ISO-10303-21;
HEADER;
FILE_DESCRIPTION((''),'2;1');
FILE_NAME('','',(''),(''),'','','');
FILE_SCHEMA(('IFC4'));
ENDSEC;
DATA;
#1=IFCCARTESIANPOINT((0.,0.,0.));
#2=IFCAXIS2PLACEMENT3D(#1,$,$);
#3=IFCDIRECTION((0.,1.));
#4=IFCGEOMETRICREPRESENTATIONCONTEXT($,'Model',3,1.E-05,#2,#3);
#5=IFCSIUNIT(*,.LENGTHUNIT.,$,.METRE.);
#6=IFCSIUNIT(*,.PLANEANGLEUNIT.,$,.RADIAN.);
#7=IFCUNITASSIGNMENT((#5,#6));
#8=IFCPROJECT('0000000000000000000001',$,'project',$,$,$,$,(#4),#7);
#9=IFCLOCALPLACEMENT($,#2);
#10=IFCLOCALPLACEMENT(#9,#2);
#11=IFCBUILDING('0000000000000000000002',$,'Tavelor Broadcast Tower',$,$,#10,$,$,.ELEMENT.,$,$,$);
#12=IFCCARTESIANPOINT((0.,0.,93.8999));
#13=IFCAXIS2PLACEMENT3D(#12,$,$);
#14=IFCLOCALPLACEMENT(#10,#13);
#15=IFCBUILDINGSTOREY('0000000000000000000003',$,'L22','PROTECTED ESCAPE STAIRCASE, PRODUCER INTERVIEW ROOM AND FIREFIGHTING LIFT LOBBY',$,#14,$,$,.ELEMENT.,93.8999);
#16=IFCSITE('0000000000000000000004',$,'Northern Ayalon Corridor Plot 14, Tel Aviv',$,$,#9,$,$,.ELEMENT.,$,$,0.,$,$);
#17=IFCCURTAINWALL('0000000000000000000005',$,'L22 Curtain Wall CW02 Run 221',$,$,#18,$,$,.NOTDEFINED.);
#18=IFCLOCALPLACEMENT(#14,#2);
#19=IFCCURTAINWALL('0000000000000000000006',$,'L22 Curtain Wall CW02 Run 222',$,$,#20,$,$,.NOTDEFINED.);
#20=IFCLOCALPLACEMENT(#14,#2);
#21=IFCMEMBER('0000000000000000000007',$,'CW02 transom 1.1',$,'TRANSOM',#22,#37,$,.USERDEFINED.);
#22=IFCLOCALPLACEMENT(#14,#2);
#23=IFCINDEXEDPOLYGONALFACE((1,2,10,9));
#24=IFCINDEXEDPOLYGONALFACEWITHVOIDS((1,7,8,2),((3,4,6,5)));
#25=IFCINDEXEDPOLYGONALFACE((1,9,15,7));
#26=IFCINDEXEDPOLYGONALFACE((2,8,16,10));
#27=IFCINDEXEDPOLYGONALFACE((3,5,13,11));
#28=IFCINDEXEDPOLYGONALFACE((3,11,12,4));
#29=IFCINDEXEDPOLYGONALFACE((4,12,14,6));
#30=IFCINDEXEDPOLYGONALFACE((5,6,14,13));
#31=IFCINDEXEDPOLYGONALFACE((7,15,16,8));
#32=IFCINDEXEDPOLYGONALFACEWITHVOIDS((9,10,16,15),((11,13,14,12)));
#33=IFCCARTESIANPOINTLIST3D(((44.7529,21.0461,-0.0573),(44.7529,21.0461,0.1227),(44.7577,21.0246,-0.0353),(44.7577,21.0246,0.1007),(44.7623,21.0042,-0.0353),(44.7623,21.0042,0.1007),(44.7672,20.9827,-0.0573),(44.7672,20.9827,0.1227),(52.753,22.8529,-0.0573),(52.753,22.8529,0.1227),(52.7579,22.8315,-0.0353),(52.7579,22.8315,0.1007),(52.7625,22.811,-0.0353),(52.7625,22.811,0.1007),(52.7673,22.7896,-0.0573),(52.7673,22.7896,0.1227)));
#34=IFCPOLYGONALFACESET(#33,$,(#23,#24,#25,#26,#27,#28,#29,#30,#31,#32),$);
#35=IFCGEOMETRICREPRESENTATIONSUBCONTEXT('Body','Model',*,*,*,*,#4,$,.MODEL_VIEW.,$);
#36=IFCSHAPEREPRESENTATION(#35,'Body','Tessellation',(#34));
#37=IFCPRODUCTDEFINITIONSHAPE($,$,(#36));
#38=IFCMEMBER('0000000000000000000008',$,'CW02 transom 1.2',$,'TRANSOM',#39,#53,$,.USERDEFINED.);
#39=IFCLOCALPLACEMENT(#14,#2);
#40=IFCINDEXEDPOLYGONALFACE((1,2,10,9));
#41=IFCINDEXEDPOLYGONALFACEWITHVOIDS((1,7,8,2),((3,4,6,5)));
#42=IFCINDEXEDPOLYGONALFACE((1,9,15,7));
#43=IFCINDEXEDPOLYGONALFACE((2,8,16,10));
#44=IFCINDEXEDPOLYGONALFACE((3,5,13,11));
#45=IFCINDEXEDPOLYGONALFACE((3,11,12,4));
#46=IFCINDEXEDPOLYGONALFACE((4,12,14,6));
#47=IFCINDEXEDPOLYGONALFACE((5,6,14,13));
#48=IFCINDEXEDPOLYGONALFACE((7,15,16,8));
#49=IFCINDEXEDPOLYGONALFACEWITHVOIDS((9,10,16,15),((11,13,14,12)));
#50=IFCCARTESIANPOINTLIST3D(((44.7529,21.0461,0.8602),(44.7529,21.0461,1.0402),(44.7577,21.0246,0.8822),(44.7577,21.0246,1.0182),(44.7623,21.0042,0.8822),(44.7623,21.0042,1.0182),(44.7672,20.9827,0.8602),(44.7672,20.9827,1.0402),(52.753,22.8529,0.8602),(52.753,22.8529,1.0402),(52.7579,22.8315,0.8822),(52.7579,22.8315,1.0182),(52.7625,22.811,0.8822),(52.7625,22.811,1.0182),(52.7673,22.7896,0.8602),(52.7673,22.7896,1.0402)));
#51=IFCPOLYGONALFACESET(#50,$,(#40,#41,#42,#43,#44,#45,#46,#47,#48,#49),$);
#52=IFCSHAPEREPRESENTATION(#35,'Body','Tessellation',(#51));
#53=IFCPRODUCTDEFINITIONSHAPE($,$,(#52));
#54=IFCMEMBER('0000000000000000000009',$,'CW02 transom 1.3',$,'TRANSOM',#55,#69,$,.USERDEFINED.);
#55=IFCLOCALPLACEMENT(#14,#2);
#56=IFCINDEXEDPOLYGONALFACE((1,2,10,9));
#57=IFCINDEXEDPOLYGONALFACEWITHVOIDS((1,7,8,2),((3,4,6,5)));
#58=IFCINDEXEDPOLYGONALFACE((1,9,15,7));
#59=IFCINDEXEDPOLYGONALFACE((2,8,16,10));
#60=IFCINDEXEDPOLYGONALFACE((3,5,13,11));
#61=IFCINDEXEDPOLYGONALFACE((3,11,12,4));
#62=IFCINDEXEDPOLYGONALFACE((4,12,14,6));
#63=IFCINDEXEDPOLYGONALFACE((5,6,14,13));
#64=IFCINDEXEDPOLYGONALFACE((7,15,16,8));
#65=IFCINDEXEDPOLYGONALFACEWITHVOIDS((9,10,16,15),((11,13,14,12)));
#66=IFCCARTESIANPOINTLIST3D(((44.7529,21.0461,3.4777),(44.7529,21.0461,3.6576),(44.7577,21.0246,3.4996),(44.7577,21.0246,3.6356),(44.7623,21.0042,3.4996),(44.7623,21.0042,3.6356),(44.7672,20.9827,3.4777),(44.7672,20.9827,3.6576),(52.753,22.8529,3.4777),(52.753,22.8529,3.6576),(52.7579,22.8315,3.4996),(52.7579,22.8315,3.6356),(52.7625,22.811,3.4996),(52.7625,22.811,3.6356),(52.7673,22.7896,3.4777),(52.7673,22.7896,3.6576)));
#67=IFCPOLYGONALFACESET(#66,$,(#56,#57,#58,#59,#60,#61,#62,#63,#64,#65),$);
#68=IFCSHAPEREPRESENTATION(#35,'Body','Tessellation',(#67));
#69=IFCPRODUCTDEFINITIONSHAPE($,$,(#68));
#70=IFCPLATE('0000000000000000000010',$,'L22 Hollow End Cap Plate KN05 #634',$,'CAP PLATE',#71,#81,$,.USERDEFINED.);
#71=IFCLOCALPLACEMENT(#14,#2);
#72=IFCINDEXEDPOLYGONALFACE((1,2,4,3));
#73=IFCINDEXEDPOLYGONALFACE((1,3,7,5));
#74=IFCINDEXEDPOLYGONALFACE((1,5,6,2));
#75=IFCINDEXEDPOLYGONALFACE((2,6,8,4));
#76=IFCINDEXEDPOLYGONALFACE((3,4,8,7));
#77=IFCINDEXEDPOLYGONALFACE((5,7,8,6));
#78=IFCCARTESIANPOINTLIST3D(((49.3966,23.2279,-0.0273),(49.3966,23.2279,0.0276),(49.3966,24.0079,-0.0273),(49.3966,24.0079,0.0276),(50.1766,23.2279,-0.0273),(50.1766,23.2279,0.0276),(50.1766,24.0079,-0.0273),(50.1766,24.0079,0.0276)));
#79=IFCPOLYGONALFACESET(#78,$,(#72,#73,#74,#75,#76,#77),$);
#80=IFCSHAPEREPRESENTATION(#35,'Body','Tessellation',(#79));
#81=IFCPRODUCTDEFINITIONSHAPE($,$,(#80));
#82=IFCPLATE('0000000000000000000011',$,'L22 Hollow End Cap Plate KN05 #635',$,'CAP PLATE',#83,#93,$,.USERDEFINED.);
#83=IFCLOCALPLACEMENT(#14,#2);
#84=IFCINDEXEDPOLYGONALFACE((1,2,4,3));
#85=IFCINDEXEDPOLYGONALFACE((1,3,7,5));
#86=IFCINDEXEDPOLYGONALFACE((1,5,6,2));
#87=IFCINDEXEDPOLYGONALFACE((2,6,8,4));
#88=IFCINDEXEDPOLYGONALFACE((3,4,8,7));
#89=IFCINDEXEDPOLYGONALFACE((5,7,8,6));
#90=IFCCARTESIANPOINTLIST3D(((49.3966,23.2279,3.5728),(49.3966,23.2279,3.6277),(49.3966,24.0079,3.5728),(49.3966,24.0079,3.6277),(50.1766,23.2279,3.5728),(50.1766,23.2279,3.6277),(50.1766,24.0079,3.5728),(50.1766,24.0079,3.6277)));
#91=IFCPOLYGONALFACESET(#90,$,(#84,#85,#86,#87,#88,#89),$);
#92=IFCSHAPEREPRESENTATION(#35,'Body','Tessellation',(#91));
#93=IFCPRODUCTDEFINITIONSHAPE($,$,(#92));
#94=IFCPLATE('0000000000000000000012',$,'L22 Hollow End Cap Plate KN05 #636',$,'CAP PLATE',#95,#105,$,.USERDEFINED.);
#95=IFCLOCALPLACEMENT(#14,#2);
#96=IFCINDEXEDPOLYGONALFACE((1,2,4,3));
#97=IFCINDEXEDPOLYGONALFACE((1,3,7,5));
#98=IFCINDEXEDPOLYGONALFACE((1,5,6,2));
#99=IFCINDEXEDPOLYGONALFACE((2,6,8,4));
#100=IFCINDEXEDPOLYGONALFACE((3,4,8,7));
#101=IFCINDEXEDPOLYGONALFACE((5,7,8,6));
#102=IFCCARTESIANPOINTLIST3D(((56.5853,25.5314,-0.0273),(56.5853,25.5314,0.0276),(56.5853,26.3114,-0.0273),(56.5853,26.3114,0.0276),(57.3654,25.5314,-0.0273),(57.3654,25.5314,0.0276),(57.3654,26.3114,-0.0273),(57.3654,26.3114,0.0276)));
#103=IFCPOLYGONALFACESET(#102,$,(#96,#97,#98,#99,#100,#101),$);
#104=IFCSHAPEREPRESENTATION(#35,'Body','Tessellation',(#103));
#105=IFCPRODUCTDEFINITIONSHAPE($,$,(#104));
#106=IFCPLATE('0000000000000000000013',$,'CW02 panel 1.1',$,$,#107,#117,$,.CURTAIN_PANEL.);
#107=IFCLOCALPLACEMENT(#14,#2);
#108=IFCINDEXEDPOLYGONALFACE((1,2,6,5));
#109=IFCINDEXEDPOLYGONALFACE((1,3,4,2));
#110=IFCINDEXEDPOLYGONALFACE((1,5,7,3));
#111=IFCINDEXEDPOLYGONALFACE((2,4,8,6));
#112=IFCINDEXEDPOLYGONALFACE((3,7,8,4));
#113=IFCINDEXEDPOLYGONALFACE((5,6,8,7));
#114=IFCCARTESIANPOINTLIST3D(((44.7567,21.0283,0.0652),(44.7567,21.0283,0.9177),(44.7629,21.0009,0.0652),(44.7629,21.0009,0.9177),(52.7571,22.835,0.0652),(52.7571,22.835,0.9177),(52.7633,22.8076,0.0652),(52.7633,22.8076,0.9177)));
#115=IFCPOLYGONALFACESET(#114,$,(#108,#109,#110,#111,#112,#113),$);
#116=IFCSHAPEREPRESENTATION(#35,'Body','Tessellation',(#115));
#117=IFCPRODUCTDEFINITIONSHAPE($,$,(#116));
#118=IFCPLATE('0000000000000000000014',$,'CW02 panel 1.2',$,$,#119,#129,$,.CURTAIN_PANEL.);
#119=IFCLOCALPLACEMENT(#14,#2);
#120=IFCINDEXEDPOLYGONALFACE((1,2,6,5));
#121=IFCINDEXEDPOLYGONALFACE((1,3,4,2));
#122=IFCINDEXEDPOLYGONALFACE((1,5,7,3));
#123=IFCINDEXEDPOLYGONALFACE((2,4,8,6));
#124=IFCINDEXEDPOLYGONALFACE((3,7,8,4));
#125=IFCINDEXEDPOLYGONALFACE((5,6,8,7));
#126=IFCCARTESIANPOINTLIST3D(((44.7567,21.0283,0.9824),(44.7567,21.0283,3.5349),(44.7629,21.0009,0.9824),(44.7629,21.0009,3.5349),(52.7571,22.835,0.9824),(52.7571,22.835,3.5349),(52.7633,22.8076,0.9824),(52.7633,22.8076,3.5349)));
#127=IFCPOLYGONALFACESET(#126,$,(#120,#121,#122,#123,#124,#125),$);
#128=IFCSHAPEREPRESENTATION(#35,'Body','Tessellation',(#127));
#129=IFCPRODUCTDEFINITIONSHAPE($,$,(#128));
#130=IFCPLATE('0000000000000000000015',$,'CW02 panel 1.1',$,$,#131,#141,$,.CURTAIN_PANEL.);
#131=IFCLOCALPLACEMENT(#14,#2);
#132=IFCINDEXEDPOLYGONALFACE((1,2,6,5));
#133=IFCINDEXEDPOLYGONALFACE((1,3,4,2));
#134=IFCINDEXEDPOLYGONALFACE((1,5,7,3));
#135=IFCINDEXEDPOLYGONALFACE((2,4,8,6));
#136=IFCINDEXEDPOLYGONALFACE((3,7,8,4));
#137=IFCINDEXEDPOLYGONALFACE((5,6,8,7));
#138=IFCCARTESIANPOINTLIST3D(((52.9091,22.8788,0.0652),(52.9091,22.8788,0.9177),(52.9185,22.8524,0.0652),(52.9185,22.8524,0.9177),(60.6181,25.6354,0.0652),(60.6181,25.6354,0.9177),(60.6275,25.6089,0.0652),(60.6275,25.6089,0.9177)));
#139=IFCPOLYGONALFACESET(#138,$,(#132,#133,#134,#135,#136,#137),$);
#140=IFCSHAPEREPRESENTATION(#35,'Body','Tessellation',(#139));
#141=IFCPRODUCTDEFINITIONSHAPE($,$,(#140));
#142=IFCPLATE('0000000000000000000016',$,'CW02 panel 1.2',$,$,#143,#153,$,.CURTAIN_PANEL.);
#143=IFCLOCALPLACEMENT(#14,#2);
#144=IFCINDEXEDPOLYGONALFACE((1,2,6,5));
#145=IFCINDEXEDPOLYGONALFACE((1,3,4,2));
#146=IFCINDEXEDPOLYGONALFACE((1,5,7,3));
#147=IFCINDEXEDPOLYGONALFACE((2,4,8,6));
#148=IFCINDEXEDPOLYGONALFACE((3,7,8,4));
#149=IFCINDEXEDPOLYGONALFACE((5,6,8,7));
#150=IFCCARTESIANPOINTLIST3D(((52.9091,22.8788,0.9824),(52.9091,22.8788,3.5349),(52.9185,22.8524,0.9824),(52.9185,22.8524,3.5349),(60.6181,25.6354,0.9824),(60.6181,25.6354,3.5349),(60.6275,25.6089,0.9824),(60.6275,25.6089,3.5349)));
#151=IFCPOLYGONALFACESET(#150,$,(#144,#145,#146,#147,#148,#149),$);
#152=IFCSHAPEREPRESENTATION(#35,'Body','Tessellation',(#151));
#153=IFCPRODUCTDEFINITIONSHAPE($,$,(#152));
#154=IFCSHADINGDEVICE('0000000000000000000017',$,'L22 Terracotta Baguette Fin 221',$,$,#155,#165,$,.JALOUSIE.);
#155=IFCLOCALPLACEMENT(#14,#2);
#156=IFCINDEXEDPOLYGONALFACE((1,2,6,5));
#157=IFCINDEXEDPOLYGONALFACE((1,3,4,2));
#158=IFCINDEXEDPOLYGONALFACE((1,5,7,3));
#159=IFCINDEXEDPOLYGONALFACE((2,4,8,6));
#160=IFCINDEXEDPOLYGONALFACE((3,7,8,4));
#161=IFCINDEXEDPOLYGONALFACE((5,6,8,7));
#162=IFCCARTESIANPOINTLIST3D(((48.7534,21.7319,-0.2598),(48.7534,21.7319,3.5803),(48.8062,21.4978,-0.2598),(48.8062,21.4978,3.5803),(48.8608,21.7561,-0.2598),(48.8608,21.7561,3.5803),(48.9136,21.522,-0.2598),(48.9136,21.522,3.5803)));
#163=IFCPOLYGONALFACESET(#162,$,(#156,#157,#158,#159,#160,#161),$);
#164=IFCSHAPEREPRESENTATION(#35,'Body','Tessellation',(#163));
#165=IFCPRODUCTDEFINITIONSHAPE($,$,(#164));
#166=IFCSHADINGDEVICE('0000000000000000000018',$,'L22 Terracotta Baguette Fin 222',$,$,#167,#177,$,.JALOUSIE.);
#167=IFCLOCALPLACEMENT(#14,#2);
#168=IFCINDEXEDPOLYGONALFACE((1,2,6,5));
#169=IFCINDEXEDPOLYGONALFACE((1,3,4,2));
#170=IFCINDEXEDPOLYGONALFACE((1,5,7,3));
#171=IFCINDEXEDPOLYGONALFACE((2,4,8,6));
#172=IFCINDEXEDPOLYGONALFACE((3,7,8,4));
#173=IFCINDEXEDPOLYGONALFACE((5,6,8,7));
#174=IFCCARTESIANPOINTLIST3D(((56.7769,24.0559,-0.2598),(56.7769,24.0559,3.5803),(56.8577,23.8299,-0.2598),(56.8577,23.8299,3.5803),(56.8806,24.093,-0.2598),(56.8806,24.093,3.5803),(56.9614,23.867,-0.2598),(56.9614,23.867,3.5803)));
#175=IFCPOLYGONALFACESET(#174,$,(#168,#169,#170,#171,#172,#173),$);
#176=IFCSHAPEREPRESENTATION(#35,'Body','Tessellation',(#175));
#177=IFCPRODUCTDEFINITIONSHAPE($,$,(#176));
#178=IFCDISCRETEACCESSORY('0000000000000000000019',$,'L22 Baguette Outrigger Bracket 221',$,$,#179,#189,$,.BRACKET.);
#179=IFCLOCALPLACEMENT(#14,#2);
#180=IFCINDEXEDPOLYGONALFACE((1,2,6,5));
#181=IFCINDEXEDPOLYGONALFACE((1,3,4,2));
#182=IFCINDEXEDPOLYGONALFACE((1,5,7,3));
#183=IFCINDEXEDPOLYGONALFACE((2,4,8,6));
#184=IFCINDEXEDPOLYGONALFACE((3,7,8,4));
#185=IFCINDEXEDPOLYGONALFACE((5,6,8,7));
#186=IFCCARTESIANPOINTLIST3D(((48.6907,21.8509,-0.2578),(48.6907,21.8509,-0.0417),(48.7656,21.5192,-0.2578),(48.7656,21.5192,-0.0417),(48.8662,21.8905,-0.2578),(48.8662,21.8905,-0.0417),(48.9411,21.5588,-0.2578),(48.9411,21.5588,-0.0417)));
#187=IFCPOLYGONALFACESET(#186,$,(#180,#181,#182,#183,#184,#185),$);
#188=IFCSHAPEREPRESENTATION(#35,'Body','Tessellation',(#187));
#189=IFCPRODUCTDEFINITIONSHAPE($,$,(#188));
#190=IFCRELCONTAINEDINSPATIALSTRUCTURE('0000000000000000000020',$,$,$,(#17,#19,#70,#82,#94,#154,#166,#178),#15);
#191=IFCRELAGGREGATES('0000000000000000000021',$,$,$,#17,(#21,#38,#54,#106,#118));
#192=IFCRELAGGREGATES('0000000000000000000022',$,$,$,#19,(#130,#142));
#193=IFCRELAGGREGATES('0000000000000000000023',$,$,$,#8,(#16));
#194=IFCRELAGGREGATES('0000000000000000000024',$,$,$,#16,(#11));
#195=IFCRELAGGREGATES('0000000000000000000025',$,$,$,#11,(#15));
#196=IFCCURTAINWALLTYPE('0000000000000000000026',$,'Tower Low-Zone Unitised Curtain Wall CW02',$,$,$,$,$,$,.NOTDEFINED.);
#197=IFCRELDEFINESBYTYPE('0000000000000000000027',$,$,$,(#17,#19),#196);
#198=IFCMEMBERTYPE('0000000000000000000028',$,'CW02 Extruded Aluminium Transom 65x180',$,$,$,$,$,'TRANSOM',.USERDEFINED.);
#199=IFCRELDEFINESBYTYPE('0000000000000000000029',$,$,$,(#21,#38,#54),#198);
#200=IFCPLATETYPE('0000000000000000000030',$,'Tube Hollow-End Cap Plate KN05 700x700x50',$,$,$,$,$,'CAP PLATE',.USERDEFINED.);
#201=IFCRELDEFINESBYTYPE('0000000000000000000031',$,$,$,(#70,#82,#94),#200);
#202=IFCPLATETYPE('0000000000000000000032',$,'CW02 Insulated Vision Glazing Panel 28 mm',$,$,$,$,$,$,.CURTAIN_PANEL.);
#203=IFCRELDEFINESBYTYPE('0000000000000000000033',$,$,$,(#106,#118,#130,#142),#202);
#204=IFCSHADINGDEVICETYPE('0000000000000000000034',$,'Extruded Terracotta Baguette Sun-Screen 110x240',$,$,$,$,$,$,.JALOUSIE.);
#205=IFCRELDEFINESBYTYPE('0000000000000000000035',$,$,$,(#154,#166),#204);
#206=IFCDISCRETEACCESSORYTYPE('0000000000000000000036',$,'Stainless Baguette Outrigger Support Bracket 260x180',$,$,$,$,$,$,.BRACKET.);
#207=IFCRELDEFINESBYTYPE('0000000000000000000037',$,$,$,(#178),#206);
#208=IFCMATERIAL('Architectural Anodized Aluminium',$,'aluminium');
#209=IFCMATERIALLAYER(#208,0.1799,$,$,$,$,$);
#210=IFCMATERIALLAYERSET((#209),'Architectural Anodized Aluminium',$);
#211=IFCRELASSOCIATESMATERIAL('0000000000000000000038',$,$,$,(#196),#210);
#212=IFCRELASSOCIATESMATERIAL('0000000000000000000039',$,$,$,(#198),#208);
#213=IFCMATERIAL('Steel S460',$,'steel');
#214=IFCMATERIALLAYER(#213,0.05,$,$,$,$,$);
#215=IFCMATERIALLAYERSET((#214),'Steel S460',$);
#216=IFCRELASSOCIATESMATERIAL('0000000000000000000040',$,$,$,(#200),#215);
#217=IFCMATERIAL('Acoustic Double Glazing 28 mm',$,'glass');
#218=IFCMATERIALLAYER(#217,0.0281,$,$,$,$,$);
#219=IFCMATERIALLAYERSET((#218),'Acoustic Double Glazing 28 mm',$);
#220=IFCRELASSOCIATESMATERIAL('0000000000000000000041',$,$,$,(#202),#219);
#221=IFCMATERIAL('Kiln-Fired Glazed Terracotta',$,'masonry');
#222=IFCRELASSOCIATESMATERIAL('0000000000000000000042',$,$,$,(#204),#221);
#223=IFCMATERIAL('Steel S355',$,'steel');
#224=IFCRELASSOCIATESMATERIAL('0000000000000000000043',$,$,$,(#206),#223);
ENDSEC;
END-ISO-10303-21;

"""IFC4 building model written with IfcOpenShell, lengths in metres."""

from ifc_helpers import new_model, si_unit, direction, frame, origin, origin_2d, place, context, subcontext, project, spatial, rectangle, hollow_rectangle, extrude, source, transform, mapped, material, layer, layer_set, material_profile, profile_set, type_object, type_shapes, element, aggregate, save


model = new_model("IFC4")

# Units and contexts
model_context = context("Model", 3, precision=1e-05, world=origin(), true_north=direction((0.0, 1.0)))
body_context = subcontext(model_context, "Body", "Model", "MODEL_VIEW")
ifc_project = project(units=[si_unit("LENGTHUNIT", "METRE"), si_unit("PLANEANGLEUNIT", "RADIAN")], contexts=[model_context])

# Site, building, storey
site_placement = place(None, origin())
site = spatial("IfcSite", under=ifc_project, at=site_placement, Name="Northern Ayalon Corridor Plot 14, Tel Aviv", CompositionType="ELEMENT", RefElevation=0.0)
building_placement = place(site_placement, origin())
building = spatial("IfcBuilding", under=site, at=building_placement, Name="Tavelor Broadcast Tower", CompositionType="ELEMENT")
storey_placement = place(building_placement, frame((0.0, 0.0, 93.8999)))
storey = spatial("IfcBuildingStorey", under=building, at=storey_placement, Name="L22", Description="PROTECTED ESCAPE STAIRCASE, PRODUCER INTERVIEW ROOM AND FIREFIGHTING LIFT LOBBY", CompositionType="ELEMENT", Elevation=93.8999)

# Shared definitions
ifc_material_1 = material(Name="Steel S460", Category="steel")

# Shared definitions
ifc_material_2 = material(Name="Steel S355", Category="steel")

# Curtain walls
ifc_material_3 = material(Name="Architectural Anodized Aluminium", Category="aluminium")
ifc_layer_1 = layer(ifc_material_3, 0.1799)
ifc_layer_set_1 = layer_set([ifc_layer_1], Name="Architectural Anodized Aluminium")
curtain_wall_type = type_object("IfcCurtainWallType", Name="Tower Low-Zone Unitised Curtain Wall CW02", PredefinedType="NOTDEFINED", material=ifc_layer_set_1)
curtain_wall_1_placement = place(storey_placement, origin())
curtain_wall_1 = element("IfcCurtainWall", 1, at=curtain_wall_1_placement, inside=storey, type_object=curtain_wall_type, Name="L22 Curtain Wall CW02 Run 221", PredefinedType="NOTDEFINED")
curtain_wall_2_placement = place(storey_placement, origin())
curtain_wall_2 = element("IfcCurtainWall", 2, at=curtain_wall_2_placement, inside=storey, type_object=curtain_wall_type, Name="L22 Curtain Wall CW02 Run 222", PredefinedType="NOTDEFINED")
ifc_material_profile_1 = material_profile(ifc_material_3, hollow_rectangle(XDim=0.0649, YDim=0.1799, WallThickness=0.022, at=origin_2d()), Name="RHS 65x180x22")
ifc_profile_set_1 = profile_set([ifc_material_profile_1], Name="Architectural Anodized Aluminium")
member_type_1 = type_object("IfcMemberType", Name="CW02 Extruded Aluminium Transom 65x180", ElementType="TRANSOM", PredefinedType="USERDEFINED", material=ifc_profile_set_1)

# Members
shared_shape_1 = source(origin(), body_context, "Body", "SweptSolid", [
    extrude(hollow_rectangle(XDim=0.0649, YDim=0.1799, WallThickness=0.022, at=origin_2d()), origin(), (0.0, 0.0, 1.0), 8.2017),
])
member_1_placement = place(storey_placement, frame((44.76, 21.0144, 0.0327), z_axis=(0.975431, 0.220305, 0.0), x_axis=(-0.220305, 0.975431, 0.0)))
member_1 = element("IfcMember", 3, at=member_1_placement, type_object=member_type_1, Name="CW02 transom 1.1", ObjectType="TRANSOM", PredefinedType="USERDEFINED", context=body_context, shape_type="MappedRepresentation", body=[
    mapped(shared_shape_1, transform((0.0, 0.0, 0.0), scale=1.0)),
])
member_2_placement = place(storey_placement, frame((44.76, 21.0144, 0.9502), z_axis=(0.975431, 0.220305, 0.0), x_axis=(-0.220305, 0.975431, 0.0)))
member_2 = element("IfcMember", 4, at=member_2_placement, type_object=member_type_1, Name="CW02 transom 1.2", ObjectType="TRANSOM", PredefinedType="USERDEFINED", context=body_context, shape_type="MappedRepresentation", body=[
    mapped(shared_shape_1, transform((0.0, 0.0, 0.0), scale=1.0)),
])
member_3_placement = place(storey_placement, frame((44.76, 21.0144, 3.5676), z_axis=(0.975431, 0.220305, 0.0), x_axis=(-0.220305, 0.975431, 0.0)))
member_3 = element("IfcMember", 5, at=member_3_placement, type_object=member_type_1, Name="CW02 transom 1.3", ObjectType="TRANSOM", PredefinedType="USERDEFINED", context=body_context, shape_type="MappedRepresentation", body=[
    mapped(shared_shape_1, transform((0.0, 0.0, 0.0), scale=1.0)),
])

# Plates
ifc_layer_2 = layer(ifc_material_1, 0.05)
ifc_layer_set_2 = layer_set([ifc_layer_2], Name="Steel S460")
plate_type_1 = type_object("IfcPlateType", Name="Tube Hollow-End Cap Plate KN05 700x700x50", ElementType="CAP PLATE", PredefinedType="USERDEFINED", material=ifc_layer_set_2)
shared_shape_2 = source(origin(), body_context, "Body", "SweptSolid", [
    extrude(rectangle(XDim=0.78, YDim=0.78, at=origin_2d()), origin(), (0.0, 0.0, 1.0), 0.0549),
])
type_shapes(plate_type_1, [shared_shape_2])
for number, where, z_axis, x_axis, name in (
    (6, (49.7866, 23.6179, -0.0273), (0.0, 0.0, 1.0), (1.0, 0.0, 0.0), "L22 Hollow End Cap Plate KN05 #634"),
    (7, (49.7866, 23.6179, 3.5728), (0.0, 0.0, 1.0), (1.0, 0.0, 0.0), "L22 Hollow End Cap Plate KN05 #635"),
    (8, (56.9753, 25.9214, -0.0273), (0.0, 0.0, 1.0), (1.0, 0.0, 0.0), "L22 Hollow End Cap Plate KN05 #636"),
):
    element("IfcPlate", number, at=place(storey_placement, frame(where, z_axis=z_axis, x_axis=x_axis)), inside=storey, type_object=plate_type_1, Name=name, ObjectType="CAP PLATE", PredefinedType="USERDEFINED", context=body_context, shape_type="MappedRepresentation", body=[
        mapped(shared_shape_2, transform((0.0, 0.0, 0.0), scale=1.0)),
    ])

# Plates
ifc_material_4 = material(Name="Acoustic Double Glazing 28 mm", Category="glass")
ifc_layer_3 = layer(ifc_material_4, 0.0281)
ifc_layer_set_3 = layer_set([ifc_layer_3], Name="Acoustic Double Glazing 28 mm")
plate_type_2 = type_object("IfcPlateType", Name="CW02 Insulated Vision Glazing Panel 28 mm", PredefinedType="CURTAIN_PANEL", material=ifc_layer_set_3)
shared_shape_3 = source(origin(), body_context, "Body", "SweptSolid", [
    extrude(rectangle(XDim=8.2019, YDim=0.0281, at=origin_2d()), origin(), (0.0, 0.0, 1.0), 0.8525),
])
plate_1_placement = place(storey_placement, frame((48.76, 21.918, 0.0652), z_axis=(0.0, 0.0, 1.0), x_axis=(0.975438, 0.220275, 0.0)))
plate_1 = element("IfcPlate", 9, at=plate_1_placement, type_object=plate_type_2, Name="CW02 panel 1.1", PredefinedType="CURTAIN_PANEL", context=body_context, shape_type="MappedRepresentation", body=[
    mapped(shared_shape_3, transform((0.0, 0.0, 0.0), scale=1.0)),
])
shared_shape_4 = source(origin(), body_context, "Body", "SweptSolid", [
    extrude(rectangle(XDim=8.2019, YDim=0.0281, at=origin_2d()), origin(), (0.0, 0.0, 1.0), 2.5525),
])
plate_2_placement = place(storey_placement, frame((48.76, 21.918, 0.9824), z_axis=(0.0, 0.0, 1.0), x_axis=(0.975438, 0.220275, 0.0)))
plate_2 = element("IfcPlate", 10, at=plate_2_placement, type_object=plate_type_2, Name="CW02 panel 1.2", PredefinedType="CURTAIN_PANEL", context=body_context, shape_type="MappedRepresentation", body=[
    mapped(shared_shape_4, transform((0.0, 0.0, 0.0), scale=1.0)),
])
aggregate(curtain_wall_1, [member_1, member_2, member_3, plate_1, plate_2])
shared_shape_5 = source(origin(), body_context, "Body", "SweptSolid", [
    extrude(rectangle(XDim=8.187, YDim=0.0281, at=origin_2d()), origin(), (0.0, 0.0, 1.0), 0.8525),
])
plate_3_placement = place(storey_placement, frame((56.7683, 24.2439, 0.0652), z_axis=(0.0, 0.0, 1.0), x_axis=(0.941613, 0.336696, 0.0)))
plate_3 = element("IfcPlate", 11, at=plate_3_placement, type_object=plate_type_2, Name="CW02 panel 1.1", PredefinedType="CURTAIN_PANEL", context=body_context, shape_type="MappedRepresentation", body=[
    mapped(shared_shape_5, transform((0.0, 0.0, 0.0), scale=1.0)),
])
shared_shape_6 = source(origin(), body_context, "Body", "SweptSolid", [
    extrude(rectangle(XDim=8.187, YDim=0.0281, at=origin_2d()), origin(), (0.0, 0.0, 1.0), 2.5525),
])
type_shapes(plate_type_2, [shared_shape_3, shared_shape_4, shared_shape_5, shared_shape_6])
plate_4_placement = place(storey_placement, frame((56.7683, 24.2439, 0.9824), z_axis=(0.0, 0.0, 1.0), x_axis=(0.941613, 0.336696, 0.0)))
plate_4 = element("IfcPlate", 12, at=plate_4_placement, type_object=plate_type_2, Name="CW02 panel 1.2", PredefinedType="CURTAIN_PANEL", context=body_context, shape_type="MappedRepresentation", body=[
    mapped(shared_shape_6, transform((0.0, 0.0, 0.0), scale=1.0)),
])
aggregate(curtain_wall_2, [plate_3, plate_4])

# Shading devices
ifc_material_5 = material(Name="Kiln-Fired Glazed Terracotta", Category="masonry")
shading_device_type = type_object("IfcShadingDeviceType", Name="Extruded Terracotta Baguette Sun-Screen 110x240", PredefinedType="JALOUSIE", material=ifc_material_5)
shared_shape_7 = source(origin(), body_context, "Body", "SweptSolid", [
    extrude(rectangle(XDim=0.1101, YDim=0.24, at=origin_2d()), origin(), (0.0, 0.0, 1.0), 3.8401),
])
type_shapes(shading_device_type, [shared_shape_7])
for number, where, z_axis, x_axis, name in (
    (13, (48.8335, 21.627, -0.2598), (0.0, 0.0, 1.0), (0.975458, 0.220187, 0.0), "L22 Terracotta Baguette Fin 221"),
    (14, (56.8691, 23.9614, -0.2598), (0.0, 0.0, 1.0), (0.941588, 0.336767, 0.0), "L22 Terracotta Baguette Fin 222"),
):
    element("IfcShadingDevice", number, at=place(storey_placement, frame(where, z_axis=z_axis, x_axis=x_axis)), inside=storey, type_object=shading_device_type, Name=name, PredefinedType="JALOUSIE", context=body_context, shape_type="MappedRepresentation", body=[
        mapped(shared_shape_7, transform((0.0, 0.0, 0.0), scale=1.0)),
    ])

# Discrete accessory
discrete_accessory_type = type_object("IfcDiscreteAccessoryType", Name="Stainless Baguette Outrigger Support Bracket 260x180", PredefinedType="BRACKET", material=ifc_material_2)
shared_shape_8 = source(origin(), body_context, "Body", "SweptSolid", [
    extrude(rectangle(XDim=0.1799, YDim=0.3401, at=origin_2d()), origin(), (0.0, 0.0, 1.0), 0.2161),
])
type_shapes(discrete_accessory_type, [shared_shape_8])
for number, where, z_axis, x_axis, name in (
    (15, (48.8159, 21.7048, -0.2578), (0.0, 0.0, 1.0), (0.975458, 0.220187, 0.0), "L22 Baguette Outrigger Bracket 221"),
):
    element("IfcDiscreteAccessory", number, at=place(storey_placement, frame(where, z_axis=z_axis, x_axis=x_axis)), inside=storey, type_object=discrete_accessory_type, Name=name, PredefinedType="BRACKET", context=body_context, shape_type="MappedRepresentation", body=[
        mapped(shared_shape_8, transform((0.0, 0.0, 0.0), scale=1.0)),
    ])

save(model, "model.ifc")
